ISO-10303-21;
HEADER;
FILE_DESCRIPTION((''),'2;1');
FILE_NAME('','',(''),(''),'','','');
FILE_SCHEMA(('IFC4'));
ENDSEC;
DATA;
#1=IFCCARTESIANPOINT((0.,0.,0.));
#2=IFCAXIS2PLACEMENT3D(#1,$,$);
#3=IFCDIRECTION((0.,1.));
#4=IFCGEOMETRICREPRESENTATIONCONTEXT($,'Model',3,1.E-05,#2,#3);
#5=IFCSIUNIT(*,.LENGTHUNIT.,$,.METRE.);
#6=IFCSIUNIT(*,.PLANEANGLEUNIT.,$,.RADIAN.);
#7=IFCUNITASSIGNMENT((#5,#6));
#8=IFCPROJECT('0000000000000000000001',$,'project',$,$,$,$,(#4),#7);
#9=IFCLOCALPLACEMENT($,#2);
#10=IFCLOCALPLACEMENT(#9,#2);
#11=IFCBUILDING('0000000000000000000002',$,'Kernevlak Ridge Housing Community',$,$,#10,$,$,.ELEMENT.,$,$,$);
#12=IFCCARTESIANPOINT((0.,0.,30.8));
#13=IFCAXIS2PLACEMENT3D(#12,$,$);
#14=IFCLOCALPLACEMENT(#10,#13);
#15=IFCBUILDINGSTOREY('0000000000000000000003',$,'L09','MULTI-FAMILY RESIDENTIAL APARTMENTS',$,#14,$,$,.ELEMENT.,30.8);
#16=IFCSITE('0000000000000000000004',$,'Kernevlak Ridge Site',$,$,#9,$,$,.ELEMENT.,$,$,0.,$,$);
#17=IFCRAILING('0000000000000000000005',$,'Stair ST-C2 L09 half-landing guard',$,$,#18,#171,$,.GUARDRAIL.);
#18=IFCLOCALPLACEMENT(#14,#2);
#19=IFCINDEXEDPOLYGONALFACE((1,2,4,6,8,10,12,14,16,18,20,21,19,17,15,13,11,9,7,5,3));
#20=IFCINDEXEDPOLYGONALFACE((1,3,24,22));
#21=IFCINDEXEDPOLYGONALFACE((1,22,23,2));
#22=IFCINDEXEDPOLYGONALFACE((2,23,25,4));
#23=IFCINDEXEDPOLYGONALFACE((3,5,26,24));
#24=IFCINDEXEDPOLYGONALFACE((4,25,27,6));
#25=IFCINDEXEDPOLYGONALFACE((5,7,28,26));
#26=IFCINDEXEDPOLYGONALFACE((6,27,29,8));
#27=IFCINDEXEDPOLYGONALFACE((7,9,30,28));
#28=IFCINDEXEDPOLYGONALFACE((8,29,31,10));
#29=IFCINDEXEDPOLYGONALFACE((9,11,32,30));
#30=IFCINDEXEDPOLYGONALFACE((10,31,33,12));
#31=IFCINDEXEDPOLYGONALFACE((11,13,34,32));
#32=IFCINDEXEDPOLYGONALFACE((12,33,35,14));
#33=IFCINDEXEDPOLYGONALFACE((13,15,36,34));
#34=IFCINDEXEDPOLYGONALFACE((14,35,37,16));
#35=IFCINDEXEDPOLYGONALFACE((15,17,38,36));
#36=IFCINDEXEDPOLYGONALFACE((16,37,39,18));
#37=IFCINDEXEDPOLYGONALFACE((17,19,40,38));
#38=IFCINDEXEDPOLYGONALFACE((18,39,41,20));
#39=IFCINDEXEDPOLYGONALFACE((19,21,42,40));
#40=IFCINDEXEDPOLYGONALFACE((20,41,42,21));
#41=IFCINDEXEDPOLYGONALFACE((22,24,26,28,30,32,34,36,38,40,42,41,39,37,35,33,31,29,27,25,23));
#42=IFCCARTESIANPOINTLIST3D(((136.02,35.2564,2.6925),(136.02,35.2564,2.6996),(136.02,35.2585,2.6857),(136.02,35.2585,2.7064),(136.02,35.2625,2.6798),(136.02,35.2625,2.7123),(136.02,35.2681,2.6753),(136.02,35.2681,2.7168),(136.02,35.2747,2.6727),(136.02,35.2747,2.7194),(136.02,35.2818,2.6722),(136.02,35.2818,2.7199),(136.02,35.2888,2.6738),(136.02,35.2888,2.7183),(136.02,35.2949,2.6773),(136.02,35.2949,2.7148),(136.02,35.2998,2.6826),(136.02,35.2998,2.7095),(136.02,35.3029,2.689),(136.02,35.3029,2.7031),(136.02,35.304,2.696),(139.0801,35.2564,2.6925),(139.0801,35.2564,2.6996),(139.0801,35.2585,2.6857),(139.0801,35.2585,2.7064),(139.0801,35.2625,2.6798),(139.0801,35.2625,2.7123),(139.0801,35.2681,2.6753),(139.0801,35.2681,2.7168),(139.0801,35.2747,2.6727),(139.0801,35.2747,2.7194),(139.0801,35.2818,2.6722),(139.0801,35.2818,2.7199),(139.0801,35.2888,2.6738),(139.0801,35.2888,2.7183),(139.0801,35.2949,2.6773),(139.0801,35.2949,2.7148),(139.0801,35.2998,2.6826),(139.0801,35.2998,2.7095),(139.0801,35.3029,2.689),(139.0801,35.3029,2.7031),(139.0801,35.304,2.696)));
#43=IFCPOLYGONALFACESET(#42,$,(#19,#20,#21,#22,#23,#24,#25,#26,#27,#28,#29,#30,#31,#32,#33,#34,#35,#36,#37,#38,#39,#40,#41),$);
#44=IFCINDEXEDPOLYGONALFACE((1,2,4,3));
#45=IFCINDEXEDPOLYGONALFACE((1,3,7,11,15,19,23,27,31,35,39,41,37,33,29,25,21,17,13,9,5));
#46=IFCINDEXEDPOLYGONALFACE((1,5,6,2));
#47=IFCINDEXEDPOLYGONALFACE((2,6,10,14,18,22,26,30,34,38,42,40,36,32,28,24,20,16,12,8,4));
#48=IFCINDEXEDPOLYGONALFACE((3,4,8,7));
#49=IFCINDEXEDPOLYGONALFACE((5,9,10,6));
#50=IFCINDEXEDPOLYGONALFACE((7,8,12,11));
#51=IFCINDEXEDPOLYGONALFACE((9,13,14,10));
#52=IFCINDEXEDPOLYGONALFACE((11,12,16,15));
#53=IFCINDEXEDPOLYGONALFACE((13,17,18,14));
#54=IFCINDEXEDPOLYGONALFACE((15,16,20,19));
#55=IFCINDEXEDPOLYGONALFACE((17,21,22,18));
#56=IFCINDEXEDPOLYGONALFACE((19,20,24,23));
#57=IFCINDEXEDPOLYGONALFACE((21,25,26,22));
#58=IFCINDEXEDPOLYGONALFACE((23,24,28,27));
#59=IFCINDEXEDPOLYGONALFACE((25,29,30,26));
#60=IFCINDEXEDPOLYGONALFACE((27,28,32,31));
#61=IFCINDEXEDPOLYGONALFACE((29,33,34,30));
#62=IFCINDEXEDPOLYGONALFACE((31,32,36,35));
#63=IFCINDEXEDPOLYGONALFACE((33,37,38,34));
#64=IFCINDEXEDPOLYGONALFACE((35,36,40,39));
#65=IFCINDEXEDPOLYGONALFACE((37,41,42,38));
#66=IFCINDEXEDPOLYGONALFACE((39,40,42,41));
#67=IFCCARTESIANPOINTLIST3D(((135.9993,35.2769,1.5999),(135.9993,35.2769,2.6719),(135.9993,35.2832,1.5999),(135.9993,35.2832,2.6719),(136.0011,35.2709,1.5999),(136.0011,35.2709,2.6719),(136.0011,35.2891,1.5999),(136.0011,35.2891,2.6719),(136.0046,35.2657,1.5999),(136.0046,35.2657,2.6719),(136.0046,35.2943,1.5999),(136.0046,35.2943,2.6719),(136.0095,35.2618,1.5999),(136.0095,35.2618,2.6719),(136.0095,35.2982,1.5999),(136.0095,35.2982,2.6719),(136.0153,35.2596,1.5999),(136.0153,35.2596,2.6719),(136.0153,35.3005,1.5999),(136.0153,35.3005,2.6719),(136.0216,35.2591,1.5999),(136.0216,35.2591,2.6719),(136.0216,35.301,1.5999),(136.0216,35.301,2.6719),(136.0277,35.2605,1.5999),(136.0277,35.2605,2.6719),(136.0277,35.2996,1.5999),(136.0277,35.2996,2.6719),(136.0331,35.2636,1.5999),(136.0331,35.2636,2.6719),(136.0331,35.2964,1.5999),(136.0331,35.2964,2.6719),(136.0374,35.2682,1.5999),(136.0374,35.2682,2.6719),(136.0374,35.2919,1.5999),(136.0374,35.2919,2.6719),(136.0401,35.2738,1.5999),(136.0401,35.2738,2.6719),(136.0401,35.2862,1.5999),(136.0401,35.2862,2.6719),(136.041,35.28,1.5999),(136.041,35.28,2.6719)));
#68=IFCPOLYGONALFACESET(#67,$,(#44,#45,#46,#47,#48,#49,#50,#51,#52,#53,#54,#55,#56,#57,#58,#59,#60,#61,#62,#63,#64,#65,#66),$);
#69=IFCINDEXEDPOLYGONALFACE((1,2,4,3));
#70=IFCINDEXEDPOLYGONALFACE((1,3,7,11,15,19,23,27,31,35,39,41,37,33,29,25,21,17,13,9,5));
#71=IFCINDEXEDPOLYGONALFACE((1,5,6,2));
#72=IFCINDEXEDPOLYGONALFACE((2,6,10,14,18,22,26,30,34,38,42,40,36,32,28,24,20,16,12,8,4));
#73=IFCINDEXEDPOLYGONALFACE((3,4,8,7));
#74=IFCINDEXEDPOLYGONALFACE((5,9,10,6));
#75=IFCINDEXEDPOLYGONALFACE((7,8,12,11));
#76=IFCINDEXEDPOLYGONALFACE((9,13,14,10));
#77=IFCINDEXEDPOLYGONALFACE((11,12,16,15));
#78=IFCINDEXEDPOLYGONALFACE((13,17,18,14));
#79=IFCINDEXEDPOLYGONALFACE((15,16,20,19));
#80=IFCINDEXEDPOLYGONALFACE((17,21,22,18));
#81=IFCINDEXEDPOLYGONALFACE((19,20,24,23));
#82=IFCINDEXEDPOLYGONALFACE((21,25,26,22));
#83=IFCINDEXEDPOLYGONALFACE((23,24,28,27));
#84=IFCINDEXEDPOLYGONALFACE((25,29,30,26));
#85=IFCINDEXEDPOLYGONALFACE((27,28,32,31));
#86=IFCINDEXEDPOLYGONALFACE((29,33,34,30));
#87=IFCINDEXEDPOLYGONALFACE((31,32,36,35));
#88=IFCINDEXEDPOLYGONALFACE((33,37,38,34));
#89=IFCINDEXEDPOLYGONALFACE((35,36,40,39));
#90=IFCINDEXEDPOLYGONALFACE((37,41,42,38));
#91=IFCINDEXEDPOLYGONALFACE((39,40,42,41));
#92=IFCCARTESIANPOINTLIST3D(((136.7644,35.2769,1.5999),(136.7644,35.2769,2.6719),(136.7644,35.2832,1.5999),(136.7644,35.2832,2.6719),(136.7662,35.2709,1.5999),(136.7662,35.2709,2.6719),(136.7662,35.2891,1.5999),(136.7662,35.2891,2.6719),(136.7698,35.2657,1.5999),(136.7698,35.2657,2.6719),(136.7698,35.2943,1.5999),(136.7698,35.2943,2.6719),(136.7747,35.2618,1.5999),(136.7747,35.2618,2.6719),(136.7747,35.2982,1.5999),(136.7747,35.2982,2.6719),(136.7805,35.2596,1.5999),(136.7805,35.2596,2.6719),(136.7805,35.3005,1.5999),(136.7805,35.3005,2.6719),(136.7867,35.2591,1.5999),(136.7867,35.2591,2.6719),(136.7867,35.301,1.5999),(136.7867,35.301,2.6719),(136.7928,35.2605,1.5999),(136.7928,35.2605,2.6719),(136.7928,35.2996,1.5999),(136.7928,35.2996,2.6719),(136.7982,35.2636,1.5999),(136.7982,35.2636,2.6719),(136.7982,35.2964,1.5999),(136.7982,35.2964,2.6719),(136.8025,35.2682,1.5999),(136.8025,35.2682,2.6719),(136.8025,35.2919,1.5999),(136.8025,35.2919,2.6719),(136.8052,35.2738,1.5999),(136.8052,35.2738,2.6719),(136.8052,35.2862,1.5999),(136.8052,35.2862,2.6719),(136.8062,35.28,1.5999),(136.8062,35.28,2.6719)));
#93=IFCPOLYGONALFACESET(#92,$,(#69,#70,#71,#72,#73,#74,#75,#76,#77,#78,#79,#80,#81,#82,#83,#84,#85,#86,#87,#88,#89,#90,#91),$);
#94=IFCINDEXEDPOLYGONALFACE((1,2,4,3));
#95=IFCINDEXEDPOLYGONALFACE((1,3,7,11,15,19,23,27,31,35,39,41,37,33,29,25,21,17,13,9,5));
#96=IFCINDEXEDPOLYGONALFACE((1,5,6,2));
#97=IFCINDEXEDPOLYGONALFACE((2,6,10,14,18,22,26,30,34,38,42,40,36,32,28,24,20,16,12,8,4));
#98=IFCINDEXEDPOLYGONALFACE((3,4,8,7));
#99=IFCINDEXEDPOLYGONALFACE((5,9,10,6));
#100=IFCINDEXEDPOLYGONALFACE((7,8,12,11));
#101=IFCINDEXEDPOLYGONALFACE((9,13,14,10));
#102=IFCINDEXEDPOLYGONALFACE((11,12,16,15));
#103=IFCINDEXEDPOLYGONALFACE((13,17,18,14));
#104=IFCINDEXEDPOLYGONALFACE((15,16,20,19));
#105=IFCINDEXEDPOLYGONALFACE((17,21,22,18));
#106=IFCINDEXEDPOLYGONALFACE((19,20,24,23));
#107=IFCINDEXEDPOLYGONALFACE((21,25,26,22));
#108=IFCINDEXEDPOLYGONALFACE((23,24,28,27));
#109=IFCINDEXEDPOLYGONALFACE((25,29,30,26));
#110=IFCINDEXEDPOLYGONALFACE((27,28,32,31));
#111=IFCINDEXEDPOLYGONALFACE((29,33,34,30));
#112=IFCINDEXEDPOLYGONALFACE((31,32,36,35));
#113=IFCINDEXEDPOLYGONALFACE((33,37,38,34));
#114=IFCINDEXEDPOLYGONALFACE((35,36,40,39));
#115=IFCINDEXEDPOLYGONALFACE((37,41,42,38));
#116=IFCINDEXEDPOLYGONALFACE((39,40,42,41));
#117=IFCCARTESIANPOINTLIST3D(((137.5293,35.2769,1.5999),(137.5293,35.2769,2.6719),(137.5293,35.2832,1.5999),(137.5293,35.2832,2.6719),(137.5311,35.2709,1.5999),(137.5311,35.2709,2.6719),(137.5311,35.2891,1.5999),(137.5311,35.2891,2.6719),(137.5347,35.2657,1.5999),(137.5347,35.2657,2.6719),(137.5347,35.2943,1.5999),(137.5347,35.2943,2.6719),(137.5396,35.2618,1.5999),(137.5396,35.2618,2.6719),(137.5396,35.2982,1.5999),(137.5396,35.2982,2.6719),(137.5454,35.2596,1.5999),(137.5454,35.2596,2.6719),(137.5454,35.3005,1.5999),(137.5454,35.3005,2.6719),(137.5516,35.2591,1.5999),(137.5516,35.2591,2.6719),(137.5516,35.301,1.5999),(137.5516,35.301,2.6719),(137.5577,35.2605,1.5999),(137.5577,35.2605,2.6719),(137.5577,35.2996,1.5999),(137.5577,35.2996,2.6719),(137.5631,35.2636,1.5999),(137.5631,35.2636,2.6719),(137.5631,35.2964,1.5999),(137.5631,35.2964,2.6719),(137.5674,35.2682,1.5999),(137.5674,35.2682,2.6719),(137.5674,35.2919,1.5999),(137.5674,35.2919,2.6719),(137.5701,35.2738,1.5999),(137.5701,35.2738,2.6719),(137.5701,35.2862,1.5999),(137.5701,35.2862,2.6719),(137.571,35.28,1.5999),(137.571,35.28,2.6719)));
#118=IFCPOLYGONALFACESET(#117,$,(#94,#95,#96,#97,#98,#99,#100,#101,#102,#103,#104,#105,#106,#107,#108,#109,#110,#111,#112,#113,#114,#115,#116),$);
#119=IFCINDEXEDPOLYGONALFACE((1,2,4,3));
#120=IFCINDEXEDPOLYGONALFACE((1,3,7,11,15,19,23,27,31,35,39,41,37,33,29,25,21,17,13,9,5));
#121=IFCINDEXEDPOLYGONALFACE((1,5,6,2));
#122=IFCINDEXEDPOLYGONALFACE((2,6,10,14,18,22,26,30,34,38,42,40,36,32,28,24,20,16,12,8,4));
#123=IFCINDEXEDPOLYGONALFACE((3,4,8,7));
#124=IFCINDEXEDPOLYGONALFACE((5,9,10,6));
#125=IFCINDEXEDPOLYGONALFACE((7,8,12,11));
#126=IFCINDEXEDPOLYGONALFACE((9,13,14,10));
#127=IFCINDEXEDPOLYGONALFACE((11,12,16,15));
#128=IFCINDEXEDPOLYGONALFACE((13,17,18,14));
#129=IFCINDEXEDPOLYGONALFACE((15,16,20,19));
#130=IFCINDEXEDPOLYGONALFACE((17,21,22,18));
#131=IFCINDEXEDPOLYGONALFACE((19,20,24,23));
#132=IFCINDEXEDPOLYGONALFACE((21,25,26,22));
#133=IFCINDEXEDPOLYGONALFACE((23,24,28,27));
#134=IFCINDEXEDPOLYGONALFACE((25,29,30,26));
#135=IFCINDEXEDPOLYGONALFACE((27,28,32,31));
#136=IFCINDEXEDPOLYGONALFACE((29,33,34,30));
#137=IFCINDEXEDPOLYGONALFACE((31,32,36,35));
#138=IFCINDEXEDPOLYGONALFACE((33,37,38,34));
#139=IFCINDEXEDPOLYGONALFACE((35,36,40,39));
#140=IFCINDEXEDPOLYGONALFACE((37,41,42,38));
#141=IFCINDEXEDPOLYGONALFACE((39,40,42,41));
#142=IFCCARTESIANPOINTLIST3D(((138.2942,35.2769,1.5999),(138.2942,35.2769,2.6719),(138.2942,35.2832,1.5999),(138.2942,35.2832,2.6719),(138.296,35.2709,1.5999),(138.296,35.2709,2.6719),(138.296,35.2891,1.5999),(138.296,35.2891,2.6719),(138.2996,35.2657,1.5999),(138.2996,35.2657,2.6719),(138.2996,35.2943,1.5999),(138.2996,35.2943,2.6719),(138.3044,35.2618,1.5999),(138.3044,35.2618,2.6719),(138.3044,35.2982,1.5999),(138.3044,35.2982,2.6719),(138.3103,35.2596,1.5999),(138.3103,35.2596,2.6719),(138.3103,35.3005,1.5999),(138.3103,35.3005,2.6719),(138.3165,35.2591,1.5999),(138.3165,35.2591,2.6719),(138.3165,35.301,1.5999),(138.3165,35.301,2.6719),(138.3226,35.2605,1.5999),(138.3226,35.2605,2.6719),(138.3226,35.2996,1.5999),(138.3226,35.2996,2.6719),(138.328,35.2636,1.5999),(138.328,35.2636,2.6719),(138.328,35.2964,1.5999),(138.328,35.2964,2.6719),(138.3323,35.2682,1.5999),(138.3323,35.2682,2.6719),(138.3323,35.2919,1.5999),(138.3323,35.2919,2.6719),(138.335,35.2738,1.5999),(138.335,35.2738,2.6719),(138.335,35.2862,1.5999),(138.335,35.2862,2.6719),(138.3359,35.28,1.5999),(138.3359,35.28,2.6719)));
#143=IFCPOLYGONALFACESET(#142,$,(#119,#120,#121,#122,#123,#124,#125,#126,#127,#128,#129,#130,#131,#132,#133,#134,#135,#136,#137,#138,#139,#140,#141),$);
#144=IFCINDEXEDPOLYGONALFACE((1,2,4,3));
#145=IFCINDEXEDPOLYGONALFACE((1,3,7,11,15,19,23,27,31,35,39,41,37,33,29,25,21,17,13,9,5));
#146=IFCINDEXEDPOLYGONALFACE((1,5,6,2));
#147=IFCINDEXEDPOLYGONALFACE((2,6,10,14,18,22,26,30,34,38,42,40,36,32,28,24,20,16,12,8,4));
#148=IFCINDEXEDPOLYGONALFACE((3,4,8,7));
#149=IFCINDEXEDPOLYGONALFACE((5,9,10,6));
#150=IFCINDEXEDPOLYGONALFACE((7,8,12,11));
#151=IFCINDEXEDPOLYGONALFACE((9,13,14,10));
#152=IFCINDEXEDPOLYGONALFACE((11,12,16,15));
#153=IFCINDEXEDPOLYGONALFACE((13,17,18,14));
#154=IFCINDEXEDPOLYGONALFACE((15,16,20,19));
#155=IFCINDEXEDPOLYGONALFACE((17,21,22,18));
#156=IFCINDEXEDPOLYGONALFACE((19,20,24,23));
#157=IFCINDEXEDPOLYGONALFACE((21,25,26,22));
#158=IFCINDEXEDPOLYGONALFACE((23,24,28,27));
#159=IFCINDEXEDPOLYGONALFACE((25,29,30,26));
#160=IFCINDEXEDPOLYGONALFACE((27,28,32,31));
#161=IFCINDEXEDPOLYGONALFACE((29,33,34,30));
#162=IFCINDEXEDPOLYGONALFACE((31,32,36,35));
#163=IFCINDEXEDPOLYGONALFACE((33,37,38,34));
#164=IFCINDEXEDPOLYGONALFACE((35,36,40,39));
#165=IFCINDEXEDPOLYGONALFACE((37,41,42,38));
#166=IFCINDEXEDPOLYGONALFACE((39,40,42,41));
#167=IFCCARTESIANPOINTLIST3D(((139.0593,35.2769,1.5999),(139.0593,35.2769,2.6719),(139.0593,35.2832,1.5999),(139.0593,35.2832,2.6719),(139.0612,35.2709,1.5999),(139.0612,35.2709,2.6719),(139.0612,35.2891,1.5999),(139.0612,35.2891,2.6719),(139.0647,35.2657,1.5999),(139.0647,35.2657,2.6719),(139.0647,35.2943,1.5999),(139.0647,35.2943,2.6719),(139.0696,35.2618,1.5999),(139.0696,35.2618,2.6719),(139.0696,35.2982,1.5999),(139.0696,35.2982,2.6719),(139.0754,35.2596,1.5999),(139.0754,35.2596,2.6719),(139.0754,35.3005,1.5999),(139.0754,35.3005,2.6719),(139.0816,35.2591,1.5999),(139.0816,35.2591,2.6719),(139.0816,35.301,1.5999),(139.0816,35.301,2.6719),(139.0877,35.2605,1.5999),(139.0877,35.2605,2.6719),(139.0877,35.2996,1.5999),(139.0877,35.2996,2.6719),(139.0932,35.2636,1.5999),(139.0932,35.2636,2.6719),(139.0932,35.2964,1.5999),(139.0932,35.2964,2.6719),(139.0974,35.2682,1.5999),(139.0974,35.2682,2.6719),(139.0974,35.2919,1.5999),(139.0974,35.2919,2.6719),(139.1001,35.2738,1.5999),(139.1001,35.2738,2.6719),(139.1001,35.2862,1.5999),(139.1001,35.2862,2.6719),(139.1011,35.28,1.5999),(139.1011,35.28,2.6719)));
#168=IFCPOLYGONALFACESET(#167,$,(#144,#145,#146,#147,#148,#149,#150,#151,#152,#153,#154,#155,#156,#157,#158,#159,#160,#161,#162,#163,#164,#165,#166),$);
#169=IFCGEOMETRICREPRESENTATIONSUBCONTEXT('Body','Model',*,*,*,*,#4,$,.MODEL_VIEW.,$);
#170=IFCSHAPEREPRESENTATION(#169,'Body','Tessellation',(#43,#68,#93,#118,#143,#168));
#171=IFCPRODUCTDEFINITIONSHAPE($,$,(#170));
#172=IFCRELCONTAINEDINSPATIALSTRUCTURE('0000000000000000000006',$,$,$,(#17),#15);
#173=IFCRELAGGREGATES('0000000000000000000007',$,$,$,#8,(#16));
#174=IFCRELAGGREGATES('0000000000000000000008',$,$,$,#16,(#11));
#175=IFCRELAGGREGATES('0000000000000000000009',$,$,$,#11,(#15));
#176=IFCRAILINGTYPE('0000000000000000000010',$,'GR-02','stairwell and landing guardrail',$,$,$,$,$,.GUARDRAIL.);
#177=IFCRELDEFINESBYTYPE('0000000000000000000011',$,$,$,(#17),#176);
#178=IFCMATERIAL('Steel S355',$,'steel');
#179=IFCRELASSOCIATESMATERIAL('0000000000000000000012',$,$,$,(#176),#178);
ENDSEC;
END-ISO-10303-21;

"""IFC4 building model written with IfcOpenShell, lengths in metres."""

from ifc_helpers import new_model, si_unit, direction, frame, origin, origin_2d, place, context, subcontext, project, spatial, circle, extrude, material, type_object, element, save


model = new_model("IFC4")

# Units and contexts
model_context = context("Model", 3, precision=1e-05, world=origin(), true_north=direction((0.0, 1.0)))
body_context = subcontext(model_context, "Body", "Model", "MODEL_VIEW")
ifc_project = project(units=[si_unit("LENGTHUNIT", "METRE"), si_unit("PLANEANGLEUNIT", "RADIAN")], contexts=[model_context])

# Site, building, storey
site_placement = place(None, origin())
site = spatial("IfcSite", under=ifc_project, at=site_placement, Name="Kernevlak Ridge Site", CompositionType="ELEMENT", RefElevation=0.0)
building_placement = place(site_placement, origin())
building = spatial("IfcBuilding", under=site, at=building_placement, Name="Kernevlak Ridge Housing Community", CompositionType="ELEMENT")
storey_placement = place(building_placement, frame((0.0, 0.0, 30.8)))
storey = spatial("IfcBuildingStorey", under=building, at=storey_placement, Name="L09", Description="MULTI-FAMILY RESIDENTIAL APARTMENTS", CompositionType="ELEMENT", Elevation=30.8)

# Railing
ifc_material_1 = material(Name="Steel S355", Category="steel")
railing_type_1 = type_object("IfcRailingType", Name="GR-02", Description="stairwell and landing guardrail", PredefinedType="GUARDRAIL", material=ifc_material_1)
railing_1_placement = place(storey_placement, frame((136.02, 35.28, 1.5999)))
element("IfcRailing", 1, at=railing_1_placement, inside=storey, type_object=railing_type_1, Name="Stair ST-C2 L09 half-landing guard", PredefinedType="GUARDRAIL", context=body_context, shape_type="SweptSolid", body=[
    extrude(circle(Radius=0.0239, at=origin_2d()), frame((0.0, 0.0, 1.0962), z_axis=(1.0, 0.0, 0.0), x_axis=(0.0, 1.0, 0.0)), (0.0, 0.0, 1.0), 3.0601),
    extrude(circle(Radius=0.021, at=origin_2d()), origin(), (0.0, 0.0, 1.0), 1.072),
    extrude(circle(Radius=0.021, at=origin_2d()), frame((0.7651, 0.0, 0.0)), (0.0, 0.0, 1.0), 1.072),
    extrude(circle(Radius=0.021, at=origin_2d()), frame((1.53, 0.0, 0.0)), (0.0, 0.0, 1.0), 1.072),
    extrude(circle(Radius=0.021, at=origin_2d()), frame((2.2949, 0.0, 0.0)), (0.0, 0.0, 1.0), 1.072),
    extrude(circle(Radius=0.021, at=origin_2d()), frame((3.0601, 0.0, 0.0)), (0.0, 0.0, 1.0), 1.072),
])

save(model, "model.ifc")
